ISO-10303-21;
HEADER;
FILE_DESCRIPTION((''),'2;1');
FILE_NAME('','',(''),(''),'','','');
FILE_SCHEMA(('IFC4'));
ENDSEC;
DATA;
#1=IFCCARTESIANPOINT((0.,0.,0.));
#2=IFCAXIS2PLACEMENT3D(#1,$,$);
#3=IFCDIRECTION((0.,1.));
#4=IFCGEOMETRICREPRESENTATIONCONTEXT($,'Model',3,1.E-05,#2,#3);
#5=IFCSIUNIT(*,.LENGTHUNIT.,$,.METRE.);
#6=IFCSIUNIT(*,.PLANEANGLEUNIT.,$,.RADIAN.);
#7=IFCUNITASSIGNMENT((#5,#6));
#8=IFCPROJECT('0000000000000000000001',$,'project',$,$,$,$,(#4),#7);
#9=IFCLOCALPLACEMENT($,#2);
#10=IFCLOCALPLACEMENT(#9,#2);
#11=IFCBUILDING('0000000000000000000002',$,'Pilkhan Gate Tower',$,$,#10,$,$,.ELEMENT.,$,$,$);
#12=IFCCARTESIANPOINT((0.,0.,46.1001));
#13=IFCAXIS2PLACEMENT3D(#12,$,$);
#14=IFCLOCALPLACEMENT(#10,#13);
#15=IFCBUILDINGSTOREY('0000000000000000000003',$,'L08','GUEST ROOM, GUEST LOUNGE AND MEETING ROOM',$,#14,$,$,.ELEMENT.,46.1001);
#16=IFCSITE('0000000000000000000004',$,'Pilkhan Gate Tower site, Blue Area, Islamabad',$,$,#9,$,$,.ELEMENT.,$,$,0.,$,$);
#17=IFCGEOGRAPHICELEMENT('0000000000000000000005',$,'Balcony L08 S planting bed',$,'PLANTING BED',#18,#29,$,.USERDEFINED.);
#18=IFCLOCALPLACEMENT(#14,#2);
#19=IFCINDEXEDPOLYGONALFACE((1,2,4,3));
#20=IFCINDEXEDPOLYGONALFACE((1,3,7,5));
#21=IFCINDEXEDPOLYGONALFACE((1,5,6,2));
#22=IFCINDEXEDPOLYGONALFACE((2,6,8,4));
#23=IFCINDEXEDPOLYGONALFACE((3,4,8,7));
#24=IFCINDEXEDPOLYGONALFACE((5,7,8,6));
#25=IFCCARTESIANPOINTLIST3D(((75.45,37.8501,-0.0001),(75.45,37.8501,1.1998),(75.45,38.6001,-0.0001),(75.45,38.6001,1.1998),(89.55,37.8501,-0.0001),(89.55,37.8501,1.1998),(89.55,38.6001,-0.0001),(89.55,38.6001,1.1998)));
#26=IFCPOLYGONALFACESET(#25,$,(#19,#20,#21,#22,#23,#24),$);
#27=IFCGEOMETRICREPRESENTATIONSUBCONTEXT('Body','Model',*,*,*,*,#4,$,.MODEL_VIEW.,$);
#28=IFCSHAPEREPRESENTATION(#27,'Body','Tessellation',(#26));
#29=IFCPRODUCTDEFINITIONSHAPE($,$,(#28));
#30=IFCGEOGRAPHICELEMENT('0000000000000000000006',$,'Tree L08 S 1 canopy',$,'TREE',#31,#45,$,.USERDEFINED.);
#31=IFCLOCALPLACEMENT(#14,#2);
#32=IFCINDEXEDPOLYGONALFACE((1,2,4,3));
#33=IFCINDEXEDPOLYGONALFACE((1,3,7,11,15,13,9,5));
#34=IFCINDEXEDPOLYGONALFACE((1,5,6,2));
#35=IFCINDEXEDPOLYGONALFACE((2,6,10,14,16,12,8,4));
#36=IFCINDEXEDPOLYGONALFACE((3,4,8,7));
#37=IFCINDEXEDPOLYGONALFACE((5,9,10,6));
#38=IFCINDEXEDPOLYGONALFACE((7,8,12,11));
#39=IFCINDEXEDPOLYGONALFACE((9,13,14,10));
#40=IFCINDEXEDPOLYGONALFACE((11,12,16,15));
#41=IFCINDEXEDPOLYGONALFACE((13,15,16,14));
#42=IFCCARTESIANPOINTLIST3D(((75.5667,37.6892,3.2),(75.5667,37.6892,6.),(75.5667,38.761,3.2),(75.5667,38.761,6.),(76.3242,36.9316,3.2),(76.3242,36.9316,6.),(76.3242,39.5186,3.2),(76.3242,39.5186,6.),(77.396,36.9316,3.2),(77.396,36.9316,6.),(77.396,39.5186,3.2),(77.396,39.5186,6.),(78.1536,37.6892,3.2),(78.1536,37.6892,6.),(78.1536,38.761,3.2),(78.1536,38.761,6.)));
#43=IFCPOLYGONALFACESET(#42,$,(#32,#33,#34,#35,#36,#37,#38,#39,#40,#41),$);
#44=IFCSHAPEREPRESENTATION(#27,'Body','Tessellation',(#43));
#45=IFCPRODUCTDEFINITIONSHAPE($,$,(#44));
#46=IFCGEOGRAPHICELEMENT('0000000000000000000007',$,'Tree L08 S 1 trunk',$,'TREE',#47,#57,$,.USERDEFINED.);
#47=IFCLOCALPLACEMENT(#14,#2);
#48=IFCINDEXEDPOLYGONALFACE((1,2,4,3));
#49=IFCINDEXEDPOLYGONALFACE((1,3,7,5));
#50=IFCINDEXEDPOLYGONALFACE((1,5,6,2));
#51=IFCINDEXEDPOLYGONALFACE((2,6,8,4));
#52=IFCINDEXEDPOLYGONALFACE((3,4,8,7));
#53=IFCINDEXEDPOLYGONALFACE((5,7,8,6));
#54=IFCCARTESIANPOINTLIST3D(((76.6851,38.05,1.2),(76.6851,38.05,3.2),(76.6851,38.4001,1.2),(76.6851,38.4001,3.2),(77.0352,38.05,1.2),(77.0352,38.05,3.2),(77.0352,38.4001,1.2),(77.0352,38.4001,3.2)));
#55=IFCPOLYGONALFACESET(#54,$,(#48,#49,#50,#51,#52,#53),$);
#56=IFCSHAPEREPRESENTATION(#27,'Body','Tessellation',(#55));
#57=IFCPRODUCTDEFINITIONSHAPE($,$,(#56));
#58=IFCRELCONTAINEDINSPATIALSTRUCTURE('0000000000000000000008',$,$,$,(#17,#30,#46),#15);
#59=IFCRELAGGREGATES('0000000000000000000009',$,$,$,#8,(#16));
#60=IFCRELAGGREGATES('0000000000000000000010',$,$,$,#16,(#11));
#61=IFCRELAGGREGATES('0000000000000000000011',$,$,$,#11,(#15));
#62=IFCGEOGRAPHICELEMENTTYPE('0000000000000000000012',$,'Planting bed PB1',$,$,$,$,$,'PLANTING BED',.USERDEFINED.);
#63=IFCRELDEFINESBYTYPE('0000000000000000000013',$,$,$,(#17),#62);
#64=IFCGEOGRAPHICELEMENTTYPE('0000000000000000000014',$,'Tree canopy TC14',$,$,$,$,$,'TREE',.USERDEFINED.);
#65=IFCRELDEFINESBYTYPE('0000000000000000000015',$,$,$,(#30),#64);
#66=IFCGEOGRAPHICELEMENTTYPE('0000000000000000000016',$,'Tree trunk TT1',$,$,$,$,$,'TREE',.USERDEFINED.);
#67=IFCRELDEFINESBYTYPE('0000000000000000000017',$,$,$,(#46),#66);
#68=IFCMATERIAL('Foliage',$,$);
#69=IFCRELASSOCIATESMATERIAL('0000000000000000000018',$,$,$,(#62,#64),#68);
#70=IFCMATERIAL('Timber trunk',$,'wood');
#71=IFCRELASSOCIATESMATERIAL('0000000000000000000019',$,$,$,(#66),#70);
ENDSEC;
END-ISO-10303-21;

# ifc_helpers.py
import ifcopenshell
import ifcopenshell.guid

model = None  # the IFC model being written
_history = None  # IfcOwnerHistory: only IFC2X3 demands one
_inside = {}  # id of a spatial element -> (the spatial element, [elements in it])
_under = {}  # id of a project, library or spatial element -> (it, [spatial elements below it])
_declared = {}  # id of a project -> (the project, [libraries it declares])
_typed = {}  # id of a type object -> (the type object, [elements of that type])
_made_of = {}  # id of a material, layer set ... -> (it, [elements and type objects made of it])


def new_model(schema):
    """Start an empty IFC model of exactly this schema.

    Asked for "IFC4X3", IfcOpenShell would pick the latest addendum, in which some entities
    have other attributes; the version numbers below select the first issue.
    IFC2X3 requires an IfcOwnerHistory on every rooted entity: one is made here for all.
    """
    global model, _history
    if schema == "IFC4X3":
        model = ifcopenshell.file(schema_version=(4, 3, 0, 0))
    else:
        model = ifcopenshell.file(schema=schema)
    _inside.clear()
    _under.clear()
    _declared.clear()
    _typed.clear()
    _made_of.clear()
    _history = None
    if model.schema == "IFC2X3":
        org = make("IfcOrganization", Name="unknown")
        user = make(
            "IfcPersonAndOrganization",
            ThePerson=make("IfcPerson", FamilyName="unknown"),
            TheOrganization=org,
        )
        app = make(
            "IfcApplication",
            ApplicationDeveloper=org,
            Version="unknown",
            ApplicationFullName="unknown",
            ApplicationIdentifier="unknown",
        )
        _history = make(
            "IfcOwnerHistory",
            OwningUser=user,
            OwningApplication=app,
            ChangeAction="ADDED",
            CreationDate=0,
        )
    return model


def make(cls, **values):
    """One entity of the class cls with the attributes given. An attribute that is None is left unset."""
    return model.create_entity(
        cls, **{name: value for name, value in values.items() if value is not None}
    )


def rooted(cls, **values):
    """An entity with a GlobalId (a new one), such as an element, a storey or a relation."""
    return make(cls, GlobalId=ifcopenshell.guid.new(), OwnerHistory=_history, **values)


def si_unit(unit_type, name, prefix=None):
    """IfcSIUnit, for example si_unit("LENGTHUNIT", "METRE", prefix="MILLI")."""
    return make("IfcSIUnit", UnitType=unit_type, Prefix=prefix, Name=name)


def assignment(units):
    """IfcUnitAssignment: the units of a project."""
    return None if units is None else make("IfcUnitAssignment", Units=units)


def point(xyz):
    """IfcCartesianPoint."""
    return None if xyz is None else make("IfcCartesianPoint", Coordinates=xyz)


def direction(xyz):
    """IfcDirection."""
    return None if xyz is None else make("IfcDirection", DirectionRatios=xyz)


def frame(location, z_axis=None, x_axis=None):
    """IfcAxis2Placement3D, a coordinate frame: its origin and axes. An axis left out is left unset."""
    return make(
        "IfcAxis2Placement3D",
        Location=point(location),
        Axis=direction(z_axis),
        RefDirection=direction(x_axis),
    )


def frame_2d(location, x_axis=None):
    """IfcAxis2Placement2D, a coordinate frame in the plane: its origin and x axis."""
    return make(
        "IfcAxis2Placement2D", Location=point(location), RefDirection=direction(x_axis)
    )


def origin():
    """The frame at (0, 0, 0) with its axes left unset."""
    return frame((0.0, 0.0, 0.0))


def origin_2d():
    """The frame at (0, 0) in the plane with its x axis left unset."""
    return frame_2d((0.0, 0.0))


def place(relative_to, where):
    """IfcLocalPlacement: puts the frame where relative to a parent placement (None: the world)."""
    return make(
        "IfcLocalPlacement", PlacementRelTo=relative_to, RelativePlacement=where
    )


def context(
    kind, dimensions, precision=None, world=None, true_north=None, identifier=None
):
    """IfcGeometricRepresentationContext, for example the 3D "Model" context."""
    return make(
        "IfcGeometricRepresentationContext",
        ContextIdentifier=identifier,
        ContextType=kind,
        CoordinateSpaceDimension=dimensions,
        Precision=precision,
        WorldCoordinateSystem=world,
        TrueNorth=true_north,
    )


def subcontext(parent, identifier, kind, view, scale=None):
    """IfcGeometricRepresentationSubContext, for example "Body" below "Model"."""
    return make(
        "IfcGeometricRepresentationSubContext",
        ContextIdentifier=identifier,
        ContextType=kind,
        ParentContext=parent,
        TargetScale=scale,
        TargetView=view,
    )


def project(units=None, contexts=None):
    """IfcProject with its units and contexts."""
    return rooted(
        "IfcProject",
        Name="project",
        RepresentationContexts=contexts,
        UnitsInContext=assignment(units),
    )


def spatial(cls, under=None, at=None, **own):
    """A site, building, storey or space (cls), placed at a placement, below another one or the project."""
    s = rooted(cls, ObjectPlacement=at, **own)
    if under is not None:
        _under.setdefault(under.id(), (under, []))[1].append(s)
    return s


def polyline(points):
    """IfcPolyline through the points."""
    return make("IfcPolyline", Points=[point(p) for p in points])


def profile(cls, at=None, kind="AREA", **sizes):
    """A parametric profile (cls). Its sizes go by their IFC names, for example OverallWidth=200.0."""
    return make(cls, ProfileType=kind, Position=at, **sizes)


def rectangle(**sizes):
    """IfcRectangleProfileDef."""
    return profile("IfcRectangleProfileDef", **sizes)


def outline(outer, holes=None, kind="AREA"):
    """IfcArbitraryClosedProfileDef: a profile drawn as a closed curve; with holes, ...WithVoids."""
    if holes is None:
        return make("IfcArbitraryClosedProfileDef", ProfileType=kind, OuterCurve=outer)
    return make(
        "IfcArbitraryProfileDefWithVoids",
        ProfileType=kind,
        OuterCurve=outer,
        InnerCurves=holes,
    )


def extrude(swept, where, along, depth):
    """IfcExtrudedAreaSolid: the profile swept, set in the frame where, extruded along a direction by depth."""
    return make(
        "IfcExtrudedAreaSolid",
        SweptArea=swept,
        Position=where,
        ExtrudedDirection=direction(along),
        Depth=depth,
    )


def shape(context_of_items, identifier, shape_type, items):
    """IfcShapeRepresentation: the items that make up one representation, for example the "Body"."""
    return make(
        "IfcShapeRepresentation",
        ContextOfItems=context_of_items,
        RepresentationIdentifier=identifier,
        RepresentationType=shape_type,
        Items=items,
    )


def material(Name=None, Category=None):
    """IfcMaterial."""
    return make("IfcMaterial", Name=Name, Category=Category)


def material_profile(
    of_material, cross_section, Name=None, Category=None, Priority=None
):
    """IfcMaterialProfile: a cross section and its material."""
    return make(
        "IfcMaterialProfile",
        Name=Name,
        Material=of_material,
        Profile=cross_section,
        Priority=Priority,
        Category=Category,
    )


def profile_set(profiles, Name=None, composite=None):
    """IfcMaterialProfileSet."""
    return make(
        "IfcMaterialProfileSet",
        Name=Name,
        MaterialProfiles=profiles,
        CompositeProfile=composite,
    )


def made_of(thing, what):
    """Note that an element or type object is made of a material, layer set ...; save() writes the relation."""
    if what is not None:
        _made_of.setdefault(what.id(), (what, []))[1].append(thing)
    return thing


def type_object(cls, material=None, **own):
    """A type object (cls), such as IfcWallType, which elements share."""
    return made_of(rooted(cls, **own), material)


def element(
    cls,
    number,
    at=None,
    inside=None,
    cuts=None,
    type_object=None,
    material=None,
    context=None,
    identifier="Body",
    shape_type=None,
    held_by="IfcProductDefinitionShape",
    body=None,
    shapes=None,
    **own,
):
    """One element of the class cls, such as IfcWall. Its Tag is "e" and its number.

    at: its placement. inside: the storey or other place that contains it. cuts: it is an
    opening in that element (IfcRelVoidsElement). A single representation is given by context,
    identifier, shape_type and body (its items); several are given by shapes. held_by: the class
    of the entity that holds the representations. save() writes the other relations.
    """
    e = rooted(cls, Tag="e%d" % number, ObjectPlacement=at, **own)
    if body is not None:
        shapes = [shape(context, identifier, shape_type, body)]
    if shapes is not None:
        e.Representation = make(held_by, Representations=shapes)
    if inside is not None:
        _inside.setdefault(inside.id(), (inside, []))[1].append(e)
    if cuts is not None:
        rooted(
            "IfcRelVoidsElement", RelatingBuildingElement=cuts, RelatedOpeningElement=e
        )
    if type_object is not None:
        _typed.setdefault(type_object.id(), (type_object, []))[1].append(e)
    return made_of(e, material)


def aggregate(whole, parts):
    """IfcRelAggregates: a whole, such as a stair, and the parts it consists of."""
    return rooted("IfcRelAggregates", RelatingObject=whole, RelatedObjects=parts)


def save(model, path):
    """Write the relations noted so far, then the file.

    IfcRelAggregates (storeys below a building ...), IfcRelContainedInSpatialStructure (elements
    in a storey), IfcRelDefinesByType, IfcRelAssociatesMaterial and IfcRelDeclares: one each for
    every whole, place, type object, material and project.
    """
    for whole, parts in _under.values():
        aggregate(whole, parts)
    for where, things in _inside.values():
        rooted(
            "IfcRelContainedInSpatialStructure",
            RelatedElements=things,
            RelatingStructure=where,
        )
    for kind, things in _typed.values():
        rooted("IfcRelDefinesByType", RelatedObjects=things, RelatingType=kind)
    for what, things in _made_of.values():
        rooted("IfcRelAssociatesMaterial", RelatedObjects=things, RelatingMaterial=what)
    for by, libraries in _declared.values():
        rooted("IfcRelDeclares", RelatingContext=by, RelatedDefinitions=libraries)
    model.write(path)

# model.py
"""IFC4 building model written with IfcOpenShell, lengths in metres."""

from ifc_helpers import new_model, si_unit, direction, frame, origin, origin_2d, place, context, subcontext, project, spatial, polyline, rectangle, outline, extrude, material, material_profile, profile_set, type_object, element, save


model = new_model("IFC4")

# Units and contexts
model_context = context("Model", 3, precision=1e-05, world=origin(), true_north=direction((0.0, 1.0)))
body_context = subcontext(model_context, "Body", "Model", "MODEL_VIEW")
ifc_project = project(units=[si_unit("LENGTHUNIT", "METRE"), si_unit("PLANEANGLEUNIT", "RADIAN")], contexts=[model_context])

# Site, building, storey
site_placement = place(None, origin())
site = spatial("IfcSite", under=ifc_project, at=site_placement, Name="Pilkhan Gate Tower site, Blue Area, Islamabad", CompositionType="ELEMENT", RefElevation=0.0)
building_placement = place(site_placement, origin())
building = spatial("IfcBuilding", under=site, at=building_placement, Name="Pilkhan Gate Tower", CompositionType="ELEMENT")
storey_placement = place(building_placement, frame((0.0, 0.0, 46.1001)))
storey = spatial("IfcBuildingStorey", under=building, at=storey_placement, Name="L08", Description="GUEST ROOM, GUEST LOUNGE AND MEETING ROOM", CompositionType="ELEMENT", Elevation=46.1001)

# Geographic elements
ifc_material_1 = material(Name="Foliage")
ifc_material_profile_1 = material_profile(ifc_material_1, rectangle(XDim=0.75, YDim=1.2, at=origin_2d()), Name="Bed 750x1200")
ifc_profile_set_1 = profile_set([ifc_material_profile_1], Name="Foliage")
geographic_element_type_1 = type_object("IfcGeographicElementType", Name="Planting bed PB1", ElementType="PLANTING BED", PredefinedType="USERDEFINED", material=ifc_profile_set_1)
geographic_element_1_placement = place(storey_placement, frame((75.45, 38.2251, 0.5999), z_axis=(1.0, 0.0, 0.0), x_axis=(0.0, 1.0, 0.0)))
element("IfcGeographicElement", 1, at=geographic_element_1_placement, inside=storey, type_object=geographic_element_type_1, Name="Balcony L08 S planting bed", ObjectType="PLANTING BED", PredefinedType="USERDEFINED", context=body_context, shape_type="SweptSolid", body=[
    extrude(rectangle(XDim=0.75, YDim=1.2, at=origin_2d()), origin(), (0.0, 0.0, 1.0), 14.1001),
])
ifc_material_profile_2 = material_profile(ifc_material_1, outline(polyline([(1.2935, 0.5359), (0.5359, 1.2935), (-0.5359, 1.2935), (-1.2935, 0.5359), (-1.2935, -0.5359), (-0.5359, -1.2935), (0.5359, -1.2935), (1.2935, -0.5359), (1.2935, 0.5359)])), Name="Canopy D2.8")
ifc_profile_set_2 = profile_set([ifc_material_profile_2], Name="Foliage")
geographic_element_type_2 = type_object("IfcGeographicElementType", Name="Tree canopy TC14", ElementType="TREE", PredefinedType="USERDEFINED", material=ifc_profile_set_2)
geographic_element_2_placement = place(storey_placement, frame((76.8601, 38.2251, 3.2), z_axis=(0.0, 0.0, 1.0), x_axis=(1.0, 0.0, 0.0)))
element("IfcGeographicElement", 2, at=geographic_element_2_placement, inside=storey, type_object=geographic_element_type_2, Name="Tree L08 S 1 canopy", ObjectType="TREE", PredefinedType="USERDEFINED", context=body_context, shape_type="SweptSolid", body=[
    extrude(outline(polyline([(1.2935, 0.5359), (0.5359, 1.2935), (-0.5359, 1.2935), (-1.2935, 0.5359), (-1.2935, -0.5359), (-0.5359, -1.2935), (0.5359, -1.2935), (1.2935, -0.5359), (1.2935, 0.5359)])), origin(), (0.0, 0.0, 1.0), 2.8),
])
ifc_material_2 = material(Name="Timber trunk", Category="wood")
geographic_element_type_3 = type_object("IfcGeographicElementType", Name="Tree trunk TT1", ElementType="TREE", PredefinedType="USERDEFINED", material=ifc_material_2)
geographic_element_3_placement = place(storey_placement, frame((76.8601, 38.2251, 1.2), z_axis=(0.0, 0.0, 1.0), x_axis=(1.0, 0.0, 0.0)))
element("IfcGeographicElement", 3, at=geographic_element_3_placement, inside=storey, type_object=geographic_element_type_3, Name="Tree L08 S 1 trunk", ObjectType="TREE", PredefinedType="USERDEFINED", context=body_context, shape_type="SweptSolid", body=[
    extrude(rectangle(XDim=0.3501, YDim=0.3501, at=origin_2d()), origin(), (0.0, 0.0, 1.0), 2.0),
])

save(model, "model.ifc")
